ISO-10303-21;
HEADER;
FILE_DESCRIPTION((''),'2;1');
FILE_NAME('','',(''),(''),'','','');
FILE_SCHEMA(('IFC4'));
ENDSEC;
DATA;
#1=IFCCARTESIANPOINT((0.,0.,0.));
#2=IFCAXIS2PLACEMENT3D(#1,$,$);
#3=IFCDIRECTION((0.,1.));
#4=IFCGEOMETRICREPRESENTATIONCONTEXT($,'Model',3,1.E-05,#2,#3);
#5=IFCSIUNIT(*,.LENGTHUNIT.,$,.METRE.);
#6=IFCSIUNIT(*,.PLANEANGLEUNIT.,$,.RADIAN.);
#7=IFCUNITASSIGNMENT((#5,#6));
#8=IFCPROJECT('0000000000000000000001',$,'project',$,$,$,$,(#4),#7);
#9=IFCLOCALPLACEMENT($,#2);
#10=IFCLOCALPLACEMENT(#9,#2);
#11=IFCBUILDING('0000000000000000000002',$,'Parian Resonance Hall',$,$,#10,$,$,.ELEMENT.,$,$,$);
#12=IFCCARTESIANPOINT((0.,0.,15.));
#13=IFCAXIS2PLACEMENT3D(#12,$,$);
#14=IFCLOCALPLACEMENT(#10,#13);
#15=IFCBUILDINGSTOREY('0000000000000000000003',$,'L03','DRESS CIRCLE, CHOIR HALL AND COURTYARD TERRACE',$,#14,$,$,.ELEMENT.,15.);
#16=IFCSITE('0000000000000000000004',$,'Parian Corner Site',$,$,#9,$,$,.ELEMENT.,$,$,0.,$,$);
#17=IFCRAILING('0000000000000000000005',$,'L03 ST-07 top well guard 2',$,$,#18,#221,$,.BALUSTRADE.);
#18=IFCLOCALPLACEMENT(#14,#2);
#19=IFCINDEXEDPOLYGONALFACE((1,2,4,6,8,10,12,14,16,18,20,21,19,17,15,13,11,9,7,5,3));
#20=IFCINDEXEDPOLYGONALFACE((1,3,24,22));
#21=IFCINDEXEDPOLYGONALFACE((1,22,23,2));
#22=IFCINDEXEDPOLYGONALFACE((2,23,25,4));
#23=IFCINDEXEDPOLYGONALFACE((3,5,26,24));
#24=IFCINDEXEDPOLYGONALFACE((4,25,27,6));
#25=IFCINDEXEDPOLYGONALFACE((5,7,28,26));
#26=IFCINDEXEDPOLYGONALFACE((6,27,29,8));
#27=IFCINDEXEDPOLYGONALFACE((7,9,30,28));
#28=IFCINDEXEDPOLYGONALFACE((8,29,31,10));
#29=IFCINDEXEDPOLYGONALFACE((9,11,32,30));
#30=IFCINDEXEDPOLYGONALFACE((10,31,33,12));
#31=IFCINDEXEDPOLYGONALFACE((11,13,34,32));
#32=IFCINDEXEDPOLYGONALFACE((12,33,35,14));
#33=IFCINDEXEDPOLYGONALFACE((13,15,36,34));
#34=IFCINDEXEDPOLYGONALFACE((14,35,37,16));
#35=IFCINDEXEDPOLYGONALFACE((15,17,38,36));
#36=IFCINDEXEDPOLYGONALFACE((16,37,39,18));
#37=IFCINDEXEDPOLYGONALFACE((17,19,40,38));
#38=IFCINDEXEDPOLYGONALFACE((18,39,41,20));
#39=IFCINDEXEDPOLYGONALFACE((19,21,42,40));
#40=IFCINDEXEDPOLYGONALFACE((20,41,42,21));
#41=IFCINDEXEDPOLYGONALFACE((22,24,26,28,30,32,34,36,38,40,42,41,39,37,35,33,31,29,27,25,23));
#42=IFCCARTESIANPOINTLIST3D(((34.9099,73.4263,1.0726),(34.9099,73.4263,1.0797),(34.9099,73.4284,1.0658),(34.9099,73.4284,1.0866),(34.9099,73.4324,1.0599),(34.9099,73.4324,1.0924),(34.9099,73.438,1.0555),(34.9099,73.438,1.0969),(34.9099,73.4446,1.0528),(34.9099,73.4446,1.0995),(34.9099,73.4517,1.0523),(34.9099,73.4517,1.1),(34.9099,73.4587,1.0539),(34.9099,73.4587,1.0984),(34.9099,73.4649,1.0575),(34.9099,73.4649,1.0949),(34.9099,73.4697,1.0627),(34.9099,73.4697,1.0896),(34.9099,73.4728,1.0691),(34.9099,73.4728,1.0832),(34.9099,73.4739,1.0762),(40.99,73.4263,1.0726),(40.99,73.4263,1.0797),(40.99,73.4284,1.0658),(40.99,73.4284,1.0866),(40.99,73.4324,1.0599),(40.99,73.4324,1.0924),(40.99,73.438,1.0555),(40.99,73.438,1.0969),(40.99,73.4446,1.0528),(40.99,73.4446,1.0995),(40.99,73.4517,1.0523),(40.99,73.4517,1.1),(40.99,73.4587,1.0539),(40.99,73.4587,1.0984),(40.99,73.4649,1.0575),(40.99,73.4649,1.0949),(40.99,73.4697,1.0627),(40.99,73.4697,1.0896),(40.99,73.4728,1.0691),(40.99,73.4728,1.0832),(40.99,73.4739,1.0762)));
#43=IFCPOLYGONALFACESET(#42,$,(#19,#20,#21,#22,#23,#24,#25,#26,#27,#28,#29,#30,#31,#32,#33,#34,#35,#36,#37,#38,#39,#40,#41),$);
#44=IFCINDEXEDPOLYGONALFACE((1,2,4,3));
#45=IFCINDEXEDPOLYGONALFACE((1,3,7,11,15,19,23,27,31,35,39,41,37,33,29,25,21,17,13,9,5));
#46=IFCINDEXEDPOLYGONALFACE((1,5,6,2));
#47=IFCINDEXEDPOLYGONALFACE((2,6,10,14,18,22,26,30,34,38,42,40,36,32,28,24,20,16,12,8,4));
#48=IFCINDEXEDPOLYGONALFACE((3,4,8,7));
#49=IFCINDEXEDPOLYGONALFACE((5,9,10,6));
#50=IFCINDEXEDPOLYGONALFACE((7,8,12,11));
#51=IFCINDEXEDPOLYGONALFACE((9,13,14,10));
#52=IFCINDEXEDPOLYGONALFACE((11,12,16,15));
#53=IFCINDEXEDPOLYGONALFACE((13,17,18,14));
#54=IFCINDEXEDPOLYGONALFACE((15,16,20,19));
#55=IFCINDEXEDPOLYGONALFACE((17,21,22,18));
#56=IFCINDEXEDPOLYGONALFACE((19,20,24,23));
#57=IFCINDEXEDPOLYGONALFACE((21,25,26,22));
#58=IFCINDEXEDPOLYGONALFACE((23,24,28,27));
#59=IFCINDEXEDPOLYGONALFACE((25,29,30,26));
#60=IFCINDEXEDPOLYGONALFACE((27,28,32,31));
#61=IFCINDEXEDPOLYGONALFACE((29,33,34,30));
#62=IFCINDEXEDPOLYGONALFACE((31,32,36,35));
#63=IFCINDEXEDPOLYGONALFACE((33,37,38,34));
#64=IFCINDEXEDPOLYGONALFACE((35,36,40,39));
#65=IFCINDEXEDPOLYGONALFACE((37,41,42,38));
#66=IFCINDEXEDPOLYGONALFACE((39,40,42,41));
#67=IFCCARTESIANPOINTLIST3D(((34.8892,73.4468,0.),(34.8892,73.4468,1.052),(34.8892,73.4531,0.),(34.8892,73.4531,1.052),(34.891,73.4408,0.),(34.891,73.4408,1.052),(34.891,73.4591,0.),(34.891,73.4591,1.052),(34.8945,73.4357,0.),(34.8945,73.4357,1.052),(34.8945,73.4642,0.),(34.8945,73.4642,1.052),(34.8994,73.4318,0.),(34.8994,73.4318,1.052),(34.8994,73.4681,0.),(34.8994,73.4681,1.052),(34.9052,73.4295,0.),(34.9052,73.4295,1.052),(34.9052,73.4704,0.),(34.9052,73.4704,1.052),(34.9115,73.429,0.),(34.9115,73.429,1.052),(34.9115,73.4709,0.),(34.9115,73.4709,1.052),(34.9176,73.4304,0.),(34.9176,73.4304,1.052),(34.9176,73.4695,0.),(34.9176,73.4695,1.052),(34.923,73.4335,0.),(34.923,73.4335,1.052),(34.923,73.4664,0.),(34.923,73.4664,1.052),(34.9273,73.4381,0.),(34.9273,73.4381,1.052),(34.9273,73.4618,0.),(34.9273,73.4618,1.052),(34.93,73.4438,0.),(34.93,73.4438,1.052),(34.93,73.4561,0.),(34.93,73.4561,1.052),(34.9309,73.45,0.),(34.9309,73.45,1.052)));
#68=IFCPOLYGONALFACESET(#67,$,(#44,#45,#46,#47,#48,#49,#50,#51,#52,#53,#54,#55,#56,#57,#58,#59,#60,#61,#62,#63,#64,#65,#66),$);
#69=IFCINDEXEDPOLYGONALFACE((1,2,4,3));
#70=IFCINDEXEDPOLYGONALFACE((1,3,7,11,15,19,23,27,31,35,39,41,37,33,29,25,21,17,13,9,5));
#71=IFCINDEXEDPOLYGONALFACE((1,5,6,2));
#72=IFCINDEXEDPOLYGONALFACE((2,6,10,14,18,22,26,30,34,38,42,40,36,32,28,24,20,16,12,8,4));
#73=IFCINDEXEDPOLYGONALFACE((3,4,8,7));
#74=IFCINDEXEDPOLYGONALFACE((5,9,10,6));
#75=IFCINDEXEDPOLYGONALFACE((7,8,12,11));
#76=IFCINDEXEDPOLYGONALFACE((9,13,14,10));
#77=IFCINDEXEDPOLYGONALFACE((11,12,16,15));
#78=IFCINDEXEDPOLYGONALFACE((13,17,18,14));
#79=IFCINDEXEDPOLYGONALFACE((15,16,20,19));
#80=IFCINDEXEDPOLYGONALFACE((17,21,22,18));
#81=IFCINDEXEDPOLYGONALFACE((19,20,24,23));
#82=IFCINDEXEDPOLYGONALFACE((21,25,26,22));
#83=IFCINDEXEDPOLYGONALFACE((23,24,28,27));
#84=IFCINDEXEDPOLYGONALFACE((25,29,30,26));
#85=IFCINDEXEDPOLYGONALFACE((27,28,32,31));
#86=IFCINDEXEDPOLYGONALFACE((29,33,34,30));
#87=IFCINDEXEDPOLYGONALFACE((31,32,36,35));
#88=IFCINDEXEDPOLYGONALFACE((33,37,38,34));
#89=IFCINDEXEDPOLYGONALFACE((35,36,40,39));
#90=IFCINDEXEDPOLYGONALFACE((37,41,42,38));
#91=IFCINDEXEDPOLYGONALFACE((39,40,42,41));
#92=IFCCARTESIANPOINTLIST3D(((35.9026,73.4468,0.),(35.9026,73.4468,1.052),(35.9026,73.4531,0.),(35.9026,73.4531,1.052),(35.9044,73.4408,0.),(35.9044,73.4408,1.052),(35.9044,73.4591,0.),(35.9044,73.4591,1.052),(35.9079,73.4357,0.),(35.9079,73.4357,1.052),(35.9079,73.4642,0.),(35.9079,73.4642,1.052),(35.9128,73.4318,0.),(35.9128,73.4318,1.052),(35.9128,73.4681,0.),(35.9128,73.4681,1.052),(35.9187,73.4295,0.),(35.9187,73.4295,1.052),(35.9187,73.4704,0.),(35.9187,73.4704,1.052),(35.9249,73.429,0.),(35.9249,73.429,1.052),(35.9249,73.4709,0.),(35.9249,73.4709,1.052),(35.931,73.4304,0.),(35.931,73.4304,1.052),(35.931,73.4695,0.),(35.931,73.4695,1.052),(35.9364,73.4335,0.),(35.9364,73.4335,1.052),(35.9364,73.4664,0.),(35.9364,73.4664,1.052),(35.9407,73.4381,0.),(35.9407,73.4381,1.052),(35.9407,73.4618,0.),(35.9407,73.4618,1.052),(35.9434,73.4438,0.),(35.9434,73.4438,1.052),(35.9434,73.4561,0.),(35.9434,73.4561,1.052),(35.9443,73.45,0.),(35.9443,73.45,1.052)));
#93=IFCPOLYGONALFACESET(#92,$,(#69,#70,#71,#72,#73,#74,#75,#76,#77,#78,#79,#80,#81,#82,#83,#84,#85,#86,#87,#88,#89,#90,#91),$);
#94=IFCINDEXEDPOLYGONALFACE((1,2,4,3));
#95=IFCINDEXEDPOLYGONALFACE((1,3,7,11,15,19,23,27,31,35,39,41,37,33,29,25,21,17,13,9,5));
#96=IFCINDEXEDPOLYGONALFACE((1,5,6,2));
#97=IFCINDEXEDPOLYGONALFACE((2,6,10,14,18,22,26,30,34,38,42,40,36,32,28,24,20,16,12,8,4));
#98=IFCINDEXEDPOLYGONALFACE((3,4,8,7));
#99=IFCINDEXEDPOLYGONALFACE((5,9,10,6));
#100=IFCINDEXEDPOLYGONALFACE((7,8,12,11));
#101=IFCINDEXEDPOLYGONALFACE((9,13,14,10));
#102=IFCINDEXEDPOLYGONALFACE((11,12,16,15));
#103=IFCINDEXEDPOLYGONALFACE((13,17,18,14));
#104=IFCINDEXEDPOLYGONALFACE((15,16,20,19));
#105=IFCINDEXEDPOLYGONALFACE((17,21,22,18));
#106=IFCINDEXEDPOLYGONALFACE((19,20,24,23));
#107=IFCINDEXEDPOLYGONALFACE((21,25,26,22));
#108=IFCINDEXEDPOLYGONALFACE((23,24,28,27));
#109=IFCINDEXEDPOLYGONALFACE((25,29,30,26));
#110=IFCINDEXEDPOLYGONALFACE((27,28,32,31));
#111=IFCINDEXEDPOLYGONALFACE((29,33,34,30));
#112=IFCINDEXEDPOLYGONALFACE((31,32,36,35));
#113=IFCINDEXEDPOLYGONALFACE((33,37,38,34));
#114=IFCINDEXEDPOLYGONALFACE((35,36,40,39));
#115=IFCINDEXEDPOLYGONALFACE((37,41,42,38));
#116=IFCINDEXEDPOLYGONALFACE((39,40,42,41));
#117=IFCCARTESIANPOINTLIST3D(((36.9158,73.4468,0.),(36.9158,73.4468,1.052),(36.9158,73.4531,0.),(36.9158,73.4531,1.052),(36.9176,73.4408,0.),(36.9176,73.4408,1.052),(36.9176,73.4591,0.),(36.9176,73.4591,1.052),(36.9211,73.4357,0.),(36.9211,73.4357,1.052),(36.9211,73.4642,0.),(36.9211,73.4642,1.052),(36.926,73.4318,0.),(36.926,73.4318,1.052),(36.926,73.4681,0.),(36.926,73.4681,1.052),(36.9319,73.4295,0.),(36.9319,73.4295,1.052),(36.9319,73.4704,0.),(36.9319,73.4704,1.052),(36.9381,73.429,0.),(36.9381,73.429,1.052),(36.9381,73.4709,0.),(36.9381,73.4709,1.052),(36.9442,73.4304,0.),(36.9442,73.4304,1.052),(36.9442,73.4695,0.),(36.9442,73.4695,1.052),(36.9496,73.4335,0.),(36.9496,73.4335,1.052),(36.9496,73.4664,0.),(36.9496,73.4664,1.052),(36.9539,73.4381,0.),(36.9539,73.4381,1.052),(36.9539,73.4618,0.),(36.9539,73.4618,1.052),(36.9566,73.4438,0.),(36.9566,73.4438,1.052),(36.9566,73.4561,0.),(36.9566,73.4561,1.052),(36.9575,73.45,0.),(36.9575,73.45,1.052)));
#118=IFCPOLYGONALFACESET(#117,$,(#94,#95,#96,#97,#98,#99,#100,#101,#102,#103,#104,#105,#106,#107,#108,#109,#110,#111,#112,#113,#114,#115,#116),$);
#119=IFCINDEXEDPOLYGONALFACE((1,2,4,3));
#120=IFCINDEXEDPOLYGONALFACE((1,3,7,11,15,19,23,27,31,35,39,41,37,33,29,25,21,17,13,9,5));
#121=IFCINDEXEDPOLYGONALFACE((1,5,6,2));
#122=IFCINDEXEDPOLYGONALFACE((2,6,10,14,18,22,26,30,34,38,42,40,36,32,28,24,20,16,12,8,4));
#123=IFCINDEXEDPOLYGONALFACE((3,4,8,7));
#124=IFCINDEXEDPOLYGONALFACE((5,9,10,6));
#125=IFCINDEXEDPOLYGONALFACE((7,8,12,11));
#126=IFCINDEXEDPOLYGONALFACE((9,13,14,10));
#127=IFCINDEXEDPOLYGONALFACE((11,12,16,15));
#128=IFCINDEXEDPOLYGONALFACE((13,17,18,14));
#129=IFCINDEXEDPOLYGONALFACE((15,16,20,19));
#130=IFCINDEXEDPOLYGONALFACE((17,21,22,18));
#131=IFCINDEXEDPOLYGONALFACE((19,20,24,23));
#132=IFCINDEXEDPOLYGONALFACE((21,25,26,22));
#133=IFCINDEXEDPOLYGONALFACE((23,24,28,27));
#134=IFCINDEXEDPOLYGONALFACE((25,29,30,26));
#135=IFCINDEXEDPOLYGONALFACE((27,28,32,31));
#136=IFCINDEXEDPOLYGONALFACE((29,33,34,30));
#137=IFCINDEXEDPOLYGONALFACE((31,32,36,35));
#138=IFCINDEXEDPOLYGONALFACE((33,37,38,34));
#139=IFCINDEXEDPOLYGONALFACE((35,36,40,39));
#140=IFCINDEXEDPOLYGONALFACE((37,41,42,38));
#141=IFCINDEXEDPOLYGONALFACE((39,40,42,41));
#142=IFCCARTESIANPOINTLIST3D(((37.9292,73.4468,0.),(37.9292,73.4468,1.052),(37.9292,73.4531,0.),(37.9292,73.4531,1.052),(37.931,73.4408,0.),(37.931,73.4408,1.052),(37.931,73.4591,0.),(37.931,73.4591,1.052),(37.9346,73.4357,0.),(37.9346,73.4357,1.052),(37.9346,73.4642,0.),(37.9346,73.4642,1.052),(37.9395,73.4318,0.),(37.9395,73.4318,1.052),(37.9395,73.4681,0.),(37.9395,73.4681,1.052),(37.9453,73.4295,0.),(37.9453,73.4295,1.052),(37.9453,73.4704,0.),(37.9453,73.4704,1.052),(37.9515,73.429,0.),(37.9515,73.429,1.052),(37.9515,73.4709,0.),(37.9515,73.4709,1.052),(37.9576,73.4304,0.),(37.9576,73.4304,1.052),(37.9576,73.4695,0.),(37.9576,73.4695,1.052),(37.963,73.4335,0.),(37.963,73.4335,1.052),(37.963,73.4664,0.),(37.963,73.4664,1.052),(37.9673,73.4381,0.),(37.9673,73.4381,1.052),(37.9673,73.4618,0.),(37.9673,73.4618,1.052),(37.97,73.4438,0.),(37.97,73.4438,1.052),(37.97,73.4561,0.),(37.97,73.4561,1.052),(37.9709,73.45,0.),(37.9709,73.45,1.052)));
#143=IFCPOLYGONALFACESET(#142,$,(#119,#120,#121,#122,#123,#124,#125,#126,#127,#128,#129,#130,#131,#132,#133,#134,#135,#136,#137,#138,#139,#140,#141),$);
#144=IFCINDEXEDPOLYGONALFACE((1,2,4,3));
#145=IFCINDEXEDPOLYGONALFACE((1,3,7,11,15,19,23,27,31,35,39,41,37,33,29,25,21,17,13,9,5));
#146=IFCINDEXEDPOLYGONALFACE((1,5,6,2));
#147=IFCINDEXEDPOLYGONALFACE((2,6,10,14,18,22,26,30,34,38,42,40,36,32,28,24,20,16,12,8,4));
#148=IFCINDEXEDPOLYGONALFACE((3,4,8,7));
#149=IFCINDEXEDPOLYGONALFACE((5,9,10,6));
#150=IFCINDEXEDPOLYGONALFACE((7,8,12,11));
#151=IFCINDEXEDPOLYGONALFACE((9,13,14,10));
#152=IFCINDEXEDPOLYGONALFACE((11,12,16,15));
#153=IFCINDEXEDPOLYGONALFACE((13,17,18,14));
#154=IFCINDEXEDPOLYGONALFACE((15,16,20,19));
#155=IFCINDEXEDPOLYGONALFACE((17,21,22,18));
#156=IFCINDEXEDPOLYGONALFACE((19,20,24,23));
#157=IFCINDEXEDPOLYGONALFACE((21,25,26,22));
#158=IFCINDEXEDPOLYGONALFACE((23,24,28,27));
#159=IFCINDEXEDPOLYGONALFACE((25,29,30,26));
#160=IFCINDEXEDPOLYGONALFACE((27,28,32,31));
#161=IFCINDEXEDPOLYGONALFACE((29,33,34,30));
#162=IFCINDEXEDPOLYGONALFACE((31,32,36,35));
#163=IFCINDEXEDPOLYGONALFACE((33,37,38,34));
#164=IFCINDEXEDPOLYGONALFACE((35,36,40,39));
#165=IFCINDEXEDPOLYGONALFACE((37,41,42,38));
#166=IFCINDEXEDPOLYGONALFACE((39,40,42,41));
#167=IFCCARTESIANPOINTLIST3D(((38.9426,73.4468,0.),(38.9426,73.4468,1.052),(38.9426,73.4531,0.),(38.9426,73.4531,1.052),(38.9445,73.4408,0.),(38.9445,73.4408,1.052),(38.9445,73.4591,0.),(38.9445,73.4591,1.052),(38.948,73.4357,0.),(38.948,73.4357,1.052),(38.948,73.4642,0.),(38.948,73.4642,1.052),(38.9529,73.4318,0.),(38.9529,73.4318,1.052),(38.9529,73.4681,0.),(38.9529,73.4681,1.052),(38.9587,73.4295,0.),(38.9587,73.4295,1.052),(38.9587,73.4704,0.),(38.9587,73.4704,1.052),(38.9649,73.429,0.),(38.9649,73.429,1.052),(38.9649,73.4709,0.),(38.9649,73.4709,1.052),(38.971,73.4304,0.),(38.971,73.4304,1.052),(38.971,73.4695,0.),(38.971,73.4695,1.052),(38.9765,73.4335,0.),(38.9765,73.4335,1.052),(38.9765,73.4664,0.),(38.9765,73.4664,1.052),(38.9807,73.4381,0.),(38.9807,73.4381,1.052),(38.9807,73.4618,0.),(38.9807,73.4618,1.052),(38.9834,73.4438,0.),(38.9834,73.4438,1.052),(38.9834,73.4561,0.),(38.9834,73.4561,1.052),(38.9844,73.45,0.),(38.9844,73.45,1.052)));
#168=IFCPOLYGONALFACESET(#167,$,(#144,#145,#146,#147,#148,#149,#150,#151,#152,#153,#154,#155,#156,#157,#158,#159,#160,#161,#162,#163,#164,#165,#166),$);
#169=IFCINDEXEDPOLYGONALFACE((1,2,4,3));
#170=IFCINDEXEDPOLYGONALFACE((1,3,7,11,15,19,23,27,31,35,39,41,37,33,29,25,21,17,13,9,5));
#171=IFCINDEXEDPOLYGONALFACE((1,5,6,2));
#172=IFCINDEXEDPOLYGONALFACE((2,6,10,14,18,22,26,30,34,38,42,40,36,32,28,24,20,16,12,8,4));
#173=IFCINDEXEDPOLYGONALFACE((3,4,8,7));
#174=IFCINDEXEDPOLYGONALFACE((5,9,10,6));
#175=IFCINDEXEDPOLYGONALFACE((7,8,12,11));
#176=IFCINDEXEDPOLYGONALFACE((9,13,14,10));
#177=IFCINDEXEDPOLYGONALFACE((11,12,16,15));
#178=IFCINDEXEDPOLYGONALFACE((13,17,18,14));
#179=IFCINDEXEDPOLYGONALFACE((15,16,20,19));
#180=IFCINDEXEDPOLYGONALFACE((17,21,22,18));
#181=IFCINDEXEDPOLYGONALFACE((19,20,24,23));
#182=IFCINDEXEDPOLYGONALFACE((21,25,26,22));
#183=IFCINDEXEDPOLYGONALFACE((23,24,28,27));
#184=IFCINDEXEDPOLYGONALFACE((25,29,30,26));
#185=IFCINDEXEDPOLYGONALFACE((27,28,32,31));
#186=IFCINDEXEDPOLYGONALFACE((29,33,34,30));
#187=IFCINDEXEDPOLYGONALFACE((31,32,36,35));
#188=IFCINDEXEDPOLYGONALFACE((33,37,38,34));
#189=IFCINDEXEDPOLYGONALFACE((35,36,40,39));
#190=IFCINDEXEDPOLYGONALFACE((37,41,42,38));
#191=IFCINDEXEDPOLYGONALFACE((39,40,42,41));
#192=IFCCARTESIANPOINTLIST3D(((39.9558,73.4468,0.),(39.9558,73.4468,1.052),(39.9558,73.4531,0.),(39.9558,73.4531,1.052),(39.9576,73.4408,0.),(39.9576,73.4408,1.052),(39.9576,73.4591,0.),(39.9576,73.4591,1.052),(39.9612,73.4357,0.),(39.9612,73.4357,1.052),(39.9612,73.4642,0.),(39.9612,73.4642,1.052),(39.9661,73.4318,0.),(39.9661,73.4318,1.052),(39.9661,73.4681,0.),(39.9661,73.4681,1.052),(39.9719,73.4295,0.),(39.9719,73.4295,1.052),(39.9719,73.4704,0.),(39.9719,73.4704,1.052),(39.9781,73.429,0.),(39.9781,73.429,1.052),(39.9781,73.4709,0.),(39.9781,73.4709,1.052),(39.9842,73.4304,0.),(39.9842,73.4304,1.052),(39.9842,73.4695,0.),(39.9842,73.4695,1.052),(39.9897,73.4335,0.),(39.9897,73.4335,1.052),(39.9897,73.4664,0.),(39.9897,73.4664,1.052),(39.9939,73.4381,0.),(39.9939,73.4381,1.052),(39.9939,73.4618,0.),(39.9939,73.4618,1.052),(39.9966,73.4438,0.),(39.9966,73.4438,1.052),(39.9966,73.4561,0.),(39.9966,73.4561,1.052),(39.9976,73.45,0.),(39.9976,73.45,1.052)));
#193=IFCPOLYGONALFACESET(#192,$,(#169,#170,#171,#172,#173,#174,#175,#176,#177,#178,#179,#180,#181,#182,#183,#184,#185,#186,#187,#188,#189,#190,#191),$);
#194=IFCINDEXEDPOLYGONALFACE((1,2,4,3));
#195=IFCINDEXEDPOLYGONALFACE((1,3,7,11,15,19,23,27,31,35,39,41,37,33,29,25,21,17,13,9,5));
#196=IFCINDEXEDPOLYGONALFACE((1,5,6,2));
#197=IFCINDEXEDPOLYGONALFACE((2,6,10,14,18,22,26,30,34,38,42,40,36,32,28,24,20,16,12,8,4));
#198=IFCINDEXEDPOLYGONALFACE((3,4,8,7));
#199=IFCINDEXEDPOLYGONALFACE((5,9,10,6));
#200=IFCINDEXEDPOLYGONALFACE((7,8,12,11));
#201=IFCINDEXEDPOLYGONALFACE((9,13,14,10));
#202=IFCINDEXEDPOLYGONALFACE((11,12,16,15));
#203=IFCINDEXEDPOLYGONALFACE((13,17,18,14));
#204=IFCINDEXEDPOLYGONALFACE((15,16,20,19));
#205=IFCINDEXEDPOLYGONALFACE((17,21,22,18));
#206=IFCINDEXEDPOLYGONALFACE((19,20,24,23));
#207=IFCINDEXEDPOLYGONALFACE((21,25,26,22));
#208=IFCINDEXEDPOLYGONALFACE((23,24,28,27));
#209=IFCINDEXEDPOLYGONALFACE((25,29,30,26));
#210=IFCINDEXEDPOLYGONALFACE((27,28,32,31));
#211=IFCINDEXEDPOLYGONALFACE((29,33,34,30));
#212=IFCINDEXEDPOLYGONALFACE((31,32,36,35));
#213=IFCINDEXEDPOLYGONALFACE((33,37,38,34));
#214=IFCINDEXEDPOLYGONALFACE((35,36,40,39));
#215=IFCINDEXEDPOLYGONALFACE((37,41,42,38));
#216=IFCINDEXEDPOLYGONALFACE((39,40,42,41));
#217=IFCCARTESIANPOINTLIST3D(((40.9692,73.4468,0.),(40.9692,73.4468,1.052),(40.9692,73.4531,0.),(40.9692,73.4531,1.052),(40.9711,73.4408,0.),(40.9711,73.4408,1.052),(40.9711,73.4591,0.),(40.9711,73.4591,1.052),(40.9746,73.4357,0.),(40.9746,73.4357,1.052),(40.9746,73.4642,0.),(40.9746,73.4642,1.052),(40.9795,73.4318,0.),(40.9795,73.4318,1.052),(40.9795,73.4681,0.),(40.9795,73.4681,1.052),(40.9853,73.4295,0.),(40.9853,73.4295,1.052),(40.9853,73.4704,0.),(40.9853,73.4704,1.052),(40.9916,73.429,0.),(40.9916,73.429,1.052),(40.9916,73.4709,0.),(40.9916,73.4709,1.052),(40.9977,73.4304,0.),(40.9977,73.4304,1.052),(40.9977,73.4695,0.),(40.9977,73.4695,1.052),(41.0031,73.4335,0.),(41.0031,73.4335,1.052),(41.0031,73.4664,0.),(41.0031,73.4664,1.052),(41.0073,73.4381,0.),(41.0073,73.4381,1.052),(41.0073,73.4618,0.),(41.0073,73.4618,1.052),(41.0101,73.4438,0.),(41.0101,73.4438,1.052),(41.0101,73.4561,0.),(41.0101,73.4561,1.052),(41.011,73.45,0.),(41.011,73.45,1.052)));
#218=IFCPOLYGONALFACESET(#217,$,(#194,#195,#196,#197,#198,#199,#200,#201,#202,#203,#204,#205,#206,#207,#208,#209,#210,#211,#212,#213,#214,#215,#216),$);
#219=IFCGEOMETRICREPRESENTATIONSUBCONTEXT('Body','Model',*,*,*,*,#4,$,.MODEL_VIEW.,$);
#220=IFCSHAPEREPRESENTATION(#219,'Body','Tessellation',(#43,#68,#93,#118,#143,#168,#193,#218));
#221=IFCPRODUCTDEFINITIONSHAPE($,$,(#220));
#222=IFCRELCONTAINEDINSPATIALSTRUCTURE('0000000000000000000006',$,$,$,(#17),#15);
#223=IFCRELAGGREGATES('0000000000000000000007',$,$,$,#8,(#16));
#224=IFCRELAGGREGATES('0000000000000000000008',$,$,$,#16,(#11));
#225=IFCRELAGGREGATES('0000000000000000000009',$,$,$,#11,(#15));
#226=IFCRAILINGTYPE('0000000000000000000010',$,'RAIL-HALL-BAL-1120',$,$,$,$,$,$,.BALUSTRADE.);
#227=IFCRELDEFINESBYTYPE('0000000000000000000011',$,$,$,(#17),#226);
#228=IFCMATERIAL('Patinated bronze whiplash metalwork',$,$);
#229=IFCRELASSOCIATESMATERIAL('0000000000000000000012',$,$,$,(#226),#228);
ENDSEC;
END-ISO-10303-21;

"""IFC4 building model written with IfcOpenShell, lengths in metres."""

from ifc_helpers import new_model, si_unit, direction, frame, origin, origin_2d, place, context, subcontext, project, spatial, circle, extrude, material, type_object, element, save


model = new_model("IFC4")

# Units and contexts
model_context = context("Model", 3, precision=1e-05, world=origin(), true_north=direction((0.0, 1.0)))
body_context = subcontext(model_context, "Body", "Model", "MODEL_VIEW")
ifc_project = project(units=[si_unit("LENGTHUNIT", "METRE"), si_unit("PLANEANGLEUNIT", "RADIAN")], contexts=[model_context])

# Site, building, storey
site_placement = place(None, origin())
site = spatial("IfcSite", under=ifc_project, at=site_placement, Name="Parian Corner Site", CompositionType="ELEMENT", RefElevation=0.0)
building_placement = place(site_placement, origin())
building = spatial("IfcBuilding", under=site, at=building_placement, Name="Parian Resonance Hall", CompositionType="ELEMENT")
storey_placement = place(building_placement, frame((0.0, 0.0, 15.0)))
storey = spatial("IfcBuildingStorey", under=building, at=storey_placement, Name="L03", Description="DRESS CIRCLE, CHOIR HALL AND COURTYARD TERRACE", CompositionType="ELEMENT", Elevation=15.0)

# Railing
ifc_material_1 = material(Name="Patinated bronze whiplash metalwork")
railing_type = type_object("IfcRailingType", Name="RAIL-HALL-BAL-1120", PredefinedType="BALUSTRADE", material=ifc_material_1)
for number, where, name in (
    (1, (34.9099, 73.45, 0.0), "L03 ST-07 top well guard 2"),
):
    element("IfcRailing", number, at=place(storey_placement, frame(where)), inside=storey, type_object=railing_type, Name=name, PredefinedType="BALUSTRADE", context=body_context, shape_type="SweptSolid", body=[
        extrude(circle(Radius=0.0239, at=origin_2d()), frame((0.0, 0.0, 1.0762), z_axis=(1.0, 0.0, 0.0), x_axis=(0.0, 1.0, 0.0)), (0.0, 0.0, 1.0), 6.0801),
        extrude(circle(Radius=0.021, at=origin_2d()), origin(), (0.0, 0.0, 1.0), 1.052),
        extrude(circle(Radius=0.021, at=origin_2d()), frame((1.0134, 0.0, 0.0)), (0.0, 0.0, 1.0), 1.052),
        extrude(circle(Radius=0.021, at=origin_2d()), frame((2.0266, 0.0, 0.0)), (0.0, 0.0, 1.0), 1.052),
        extrude(circle(Radius=0.021, at=origin_2d()), frame((3.04, 0.0, 0.0)), (0.0, 0.0, 1.0), 1.052),
        extrude(circle(Radius=0.021, at=origin_2d()), frame((4.0535, 0.0, 0.0)), (0.0, 0.0, 1.0), 1.052),
        extrude(circle(Radius=0.021, at=origin_2d()), frame((5.0667, 0.0, 0.0)), (0.0, 0.0, 1.0), 1.052),
        extrude(circle(Radius=0.021, at=origin_2d()), frame((6.0801, 0.0, 0.0)), (0.0, 0.0, 1.0), 1.052),
    ])

save(model, "model.ifc")
